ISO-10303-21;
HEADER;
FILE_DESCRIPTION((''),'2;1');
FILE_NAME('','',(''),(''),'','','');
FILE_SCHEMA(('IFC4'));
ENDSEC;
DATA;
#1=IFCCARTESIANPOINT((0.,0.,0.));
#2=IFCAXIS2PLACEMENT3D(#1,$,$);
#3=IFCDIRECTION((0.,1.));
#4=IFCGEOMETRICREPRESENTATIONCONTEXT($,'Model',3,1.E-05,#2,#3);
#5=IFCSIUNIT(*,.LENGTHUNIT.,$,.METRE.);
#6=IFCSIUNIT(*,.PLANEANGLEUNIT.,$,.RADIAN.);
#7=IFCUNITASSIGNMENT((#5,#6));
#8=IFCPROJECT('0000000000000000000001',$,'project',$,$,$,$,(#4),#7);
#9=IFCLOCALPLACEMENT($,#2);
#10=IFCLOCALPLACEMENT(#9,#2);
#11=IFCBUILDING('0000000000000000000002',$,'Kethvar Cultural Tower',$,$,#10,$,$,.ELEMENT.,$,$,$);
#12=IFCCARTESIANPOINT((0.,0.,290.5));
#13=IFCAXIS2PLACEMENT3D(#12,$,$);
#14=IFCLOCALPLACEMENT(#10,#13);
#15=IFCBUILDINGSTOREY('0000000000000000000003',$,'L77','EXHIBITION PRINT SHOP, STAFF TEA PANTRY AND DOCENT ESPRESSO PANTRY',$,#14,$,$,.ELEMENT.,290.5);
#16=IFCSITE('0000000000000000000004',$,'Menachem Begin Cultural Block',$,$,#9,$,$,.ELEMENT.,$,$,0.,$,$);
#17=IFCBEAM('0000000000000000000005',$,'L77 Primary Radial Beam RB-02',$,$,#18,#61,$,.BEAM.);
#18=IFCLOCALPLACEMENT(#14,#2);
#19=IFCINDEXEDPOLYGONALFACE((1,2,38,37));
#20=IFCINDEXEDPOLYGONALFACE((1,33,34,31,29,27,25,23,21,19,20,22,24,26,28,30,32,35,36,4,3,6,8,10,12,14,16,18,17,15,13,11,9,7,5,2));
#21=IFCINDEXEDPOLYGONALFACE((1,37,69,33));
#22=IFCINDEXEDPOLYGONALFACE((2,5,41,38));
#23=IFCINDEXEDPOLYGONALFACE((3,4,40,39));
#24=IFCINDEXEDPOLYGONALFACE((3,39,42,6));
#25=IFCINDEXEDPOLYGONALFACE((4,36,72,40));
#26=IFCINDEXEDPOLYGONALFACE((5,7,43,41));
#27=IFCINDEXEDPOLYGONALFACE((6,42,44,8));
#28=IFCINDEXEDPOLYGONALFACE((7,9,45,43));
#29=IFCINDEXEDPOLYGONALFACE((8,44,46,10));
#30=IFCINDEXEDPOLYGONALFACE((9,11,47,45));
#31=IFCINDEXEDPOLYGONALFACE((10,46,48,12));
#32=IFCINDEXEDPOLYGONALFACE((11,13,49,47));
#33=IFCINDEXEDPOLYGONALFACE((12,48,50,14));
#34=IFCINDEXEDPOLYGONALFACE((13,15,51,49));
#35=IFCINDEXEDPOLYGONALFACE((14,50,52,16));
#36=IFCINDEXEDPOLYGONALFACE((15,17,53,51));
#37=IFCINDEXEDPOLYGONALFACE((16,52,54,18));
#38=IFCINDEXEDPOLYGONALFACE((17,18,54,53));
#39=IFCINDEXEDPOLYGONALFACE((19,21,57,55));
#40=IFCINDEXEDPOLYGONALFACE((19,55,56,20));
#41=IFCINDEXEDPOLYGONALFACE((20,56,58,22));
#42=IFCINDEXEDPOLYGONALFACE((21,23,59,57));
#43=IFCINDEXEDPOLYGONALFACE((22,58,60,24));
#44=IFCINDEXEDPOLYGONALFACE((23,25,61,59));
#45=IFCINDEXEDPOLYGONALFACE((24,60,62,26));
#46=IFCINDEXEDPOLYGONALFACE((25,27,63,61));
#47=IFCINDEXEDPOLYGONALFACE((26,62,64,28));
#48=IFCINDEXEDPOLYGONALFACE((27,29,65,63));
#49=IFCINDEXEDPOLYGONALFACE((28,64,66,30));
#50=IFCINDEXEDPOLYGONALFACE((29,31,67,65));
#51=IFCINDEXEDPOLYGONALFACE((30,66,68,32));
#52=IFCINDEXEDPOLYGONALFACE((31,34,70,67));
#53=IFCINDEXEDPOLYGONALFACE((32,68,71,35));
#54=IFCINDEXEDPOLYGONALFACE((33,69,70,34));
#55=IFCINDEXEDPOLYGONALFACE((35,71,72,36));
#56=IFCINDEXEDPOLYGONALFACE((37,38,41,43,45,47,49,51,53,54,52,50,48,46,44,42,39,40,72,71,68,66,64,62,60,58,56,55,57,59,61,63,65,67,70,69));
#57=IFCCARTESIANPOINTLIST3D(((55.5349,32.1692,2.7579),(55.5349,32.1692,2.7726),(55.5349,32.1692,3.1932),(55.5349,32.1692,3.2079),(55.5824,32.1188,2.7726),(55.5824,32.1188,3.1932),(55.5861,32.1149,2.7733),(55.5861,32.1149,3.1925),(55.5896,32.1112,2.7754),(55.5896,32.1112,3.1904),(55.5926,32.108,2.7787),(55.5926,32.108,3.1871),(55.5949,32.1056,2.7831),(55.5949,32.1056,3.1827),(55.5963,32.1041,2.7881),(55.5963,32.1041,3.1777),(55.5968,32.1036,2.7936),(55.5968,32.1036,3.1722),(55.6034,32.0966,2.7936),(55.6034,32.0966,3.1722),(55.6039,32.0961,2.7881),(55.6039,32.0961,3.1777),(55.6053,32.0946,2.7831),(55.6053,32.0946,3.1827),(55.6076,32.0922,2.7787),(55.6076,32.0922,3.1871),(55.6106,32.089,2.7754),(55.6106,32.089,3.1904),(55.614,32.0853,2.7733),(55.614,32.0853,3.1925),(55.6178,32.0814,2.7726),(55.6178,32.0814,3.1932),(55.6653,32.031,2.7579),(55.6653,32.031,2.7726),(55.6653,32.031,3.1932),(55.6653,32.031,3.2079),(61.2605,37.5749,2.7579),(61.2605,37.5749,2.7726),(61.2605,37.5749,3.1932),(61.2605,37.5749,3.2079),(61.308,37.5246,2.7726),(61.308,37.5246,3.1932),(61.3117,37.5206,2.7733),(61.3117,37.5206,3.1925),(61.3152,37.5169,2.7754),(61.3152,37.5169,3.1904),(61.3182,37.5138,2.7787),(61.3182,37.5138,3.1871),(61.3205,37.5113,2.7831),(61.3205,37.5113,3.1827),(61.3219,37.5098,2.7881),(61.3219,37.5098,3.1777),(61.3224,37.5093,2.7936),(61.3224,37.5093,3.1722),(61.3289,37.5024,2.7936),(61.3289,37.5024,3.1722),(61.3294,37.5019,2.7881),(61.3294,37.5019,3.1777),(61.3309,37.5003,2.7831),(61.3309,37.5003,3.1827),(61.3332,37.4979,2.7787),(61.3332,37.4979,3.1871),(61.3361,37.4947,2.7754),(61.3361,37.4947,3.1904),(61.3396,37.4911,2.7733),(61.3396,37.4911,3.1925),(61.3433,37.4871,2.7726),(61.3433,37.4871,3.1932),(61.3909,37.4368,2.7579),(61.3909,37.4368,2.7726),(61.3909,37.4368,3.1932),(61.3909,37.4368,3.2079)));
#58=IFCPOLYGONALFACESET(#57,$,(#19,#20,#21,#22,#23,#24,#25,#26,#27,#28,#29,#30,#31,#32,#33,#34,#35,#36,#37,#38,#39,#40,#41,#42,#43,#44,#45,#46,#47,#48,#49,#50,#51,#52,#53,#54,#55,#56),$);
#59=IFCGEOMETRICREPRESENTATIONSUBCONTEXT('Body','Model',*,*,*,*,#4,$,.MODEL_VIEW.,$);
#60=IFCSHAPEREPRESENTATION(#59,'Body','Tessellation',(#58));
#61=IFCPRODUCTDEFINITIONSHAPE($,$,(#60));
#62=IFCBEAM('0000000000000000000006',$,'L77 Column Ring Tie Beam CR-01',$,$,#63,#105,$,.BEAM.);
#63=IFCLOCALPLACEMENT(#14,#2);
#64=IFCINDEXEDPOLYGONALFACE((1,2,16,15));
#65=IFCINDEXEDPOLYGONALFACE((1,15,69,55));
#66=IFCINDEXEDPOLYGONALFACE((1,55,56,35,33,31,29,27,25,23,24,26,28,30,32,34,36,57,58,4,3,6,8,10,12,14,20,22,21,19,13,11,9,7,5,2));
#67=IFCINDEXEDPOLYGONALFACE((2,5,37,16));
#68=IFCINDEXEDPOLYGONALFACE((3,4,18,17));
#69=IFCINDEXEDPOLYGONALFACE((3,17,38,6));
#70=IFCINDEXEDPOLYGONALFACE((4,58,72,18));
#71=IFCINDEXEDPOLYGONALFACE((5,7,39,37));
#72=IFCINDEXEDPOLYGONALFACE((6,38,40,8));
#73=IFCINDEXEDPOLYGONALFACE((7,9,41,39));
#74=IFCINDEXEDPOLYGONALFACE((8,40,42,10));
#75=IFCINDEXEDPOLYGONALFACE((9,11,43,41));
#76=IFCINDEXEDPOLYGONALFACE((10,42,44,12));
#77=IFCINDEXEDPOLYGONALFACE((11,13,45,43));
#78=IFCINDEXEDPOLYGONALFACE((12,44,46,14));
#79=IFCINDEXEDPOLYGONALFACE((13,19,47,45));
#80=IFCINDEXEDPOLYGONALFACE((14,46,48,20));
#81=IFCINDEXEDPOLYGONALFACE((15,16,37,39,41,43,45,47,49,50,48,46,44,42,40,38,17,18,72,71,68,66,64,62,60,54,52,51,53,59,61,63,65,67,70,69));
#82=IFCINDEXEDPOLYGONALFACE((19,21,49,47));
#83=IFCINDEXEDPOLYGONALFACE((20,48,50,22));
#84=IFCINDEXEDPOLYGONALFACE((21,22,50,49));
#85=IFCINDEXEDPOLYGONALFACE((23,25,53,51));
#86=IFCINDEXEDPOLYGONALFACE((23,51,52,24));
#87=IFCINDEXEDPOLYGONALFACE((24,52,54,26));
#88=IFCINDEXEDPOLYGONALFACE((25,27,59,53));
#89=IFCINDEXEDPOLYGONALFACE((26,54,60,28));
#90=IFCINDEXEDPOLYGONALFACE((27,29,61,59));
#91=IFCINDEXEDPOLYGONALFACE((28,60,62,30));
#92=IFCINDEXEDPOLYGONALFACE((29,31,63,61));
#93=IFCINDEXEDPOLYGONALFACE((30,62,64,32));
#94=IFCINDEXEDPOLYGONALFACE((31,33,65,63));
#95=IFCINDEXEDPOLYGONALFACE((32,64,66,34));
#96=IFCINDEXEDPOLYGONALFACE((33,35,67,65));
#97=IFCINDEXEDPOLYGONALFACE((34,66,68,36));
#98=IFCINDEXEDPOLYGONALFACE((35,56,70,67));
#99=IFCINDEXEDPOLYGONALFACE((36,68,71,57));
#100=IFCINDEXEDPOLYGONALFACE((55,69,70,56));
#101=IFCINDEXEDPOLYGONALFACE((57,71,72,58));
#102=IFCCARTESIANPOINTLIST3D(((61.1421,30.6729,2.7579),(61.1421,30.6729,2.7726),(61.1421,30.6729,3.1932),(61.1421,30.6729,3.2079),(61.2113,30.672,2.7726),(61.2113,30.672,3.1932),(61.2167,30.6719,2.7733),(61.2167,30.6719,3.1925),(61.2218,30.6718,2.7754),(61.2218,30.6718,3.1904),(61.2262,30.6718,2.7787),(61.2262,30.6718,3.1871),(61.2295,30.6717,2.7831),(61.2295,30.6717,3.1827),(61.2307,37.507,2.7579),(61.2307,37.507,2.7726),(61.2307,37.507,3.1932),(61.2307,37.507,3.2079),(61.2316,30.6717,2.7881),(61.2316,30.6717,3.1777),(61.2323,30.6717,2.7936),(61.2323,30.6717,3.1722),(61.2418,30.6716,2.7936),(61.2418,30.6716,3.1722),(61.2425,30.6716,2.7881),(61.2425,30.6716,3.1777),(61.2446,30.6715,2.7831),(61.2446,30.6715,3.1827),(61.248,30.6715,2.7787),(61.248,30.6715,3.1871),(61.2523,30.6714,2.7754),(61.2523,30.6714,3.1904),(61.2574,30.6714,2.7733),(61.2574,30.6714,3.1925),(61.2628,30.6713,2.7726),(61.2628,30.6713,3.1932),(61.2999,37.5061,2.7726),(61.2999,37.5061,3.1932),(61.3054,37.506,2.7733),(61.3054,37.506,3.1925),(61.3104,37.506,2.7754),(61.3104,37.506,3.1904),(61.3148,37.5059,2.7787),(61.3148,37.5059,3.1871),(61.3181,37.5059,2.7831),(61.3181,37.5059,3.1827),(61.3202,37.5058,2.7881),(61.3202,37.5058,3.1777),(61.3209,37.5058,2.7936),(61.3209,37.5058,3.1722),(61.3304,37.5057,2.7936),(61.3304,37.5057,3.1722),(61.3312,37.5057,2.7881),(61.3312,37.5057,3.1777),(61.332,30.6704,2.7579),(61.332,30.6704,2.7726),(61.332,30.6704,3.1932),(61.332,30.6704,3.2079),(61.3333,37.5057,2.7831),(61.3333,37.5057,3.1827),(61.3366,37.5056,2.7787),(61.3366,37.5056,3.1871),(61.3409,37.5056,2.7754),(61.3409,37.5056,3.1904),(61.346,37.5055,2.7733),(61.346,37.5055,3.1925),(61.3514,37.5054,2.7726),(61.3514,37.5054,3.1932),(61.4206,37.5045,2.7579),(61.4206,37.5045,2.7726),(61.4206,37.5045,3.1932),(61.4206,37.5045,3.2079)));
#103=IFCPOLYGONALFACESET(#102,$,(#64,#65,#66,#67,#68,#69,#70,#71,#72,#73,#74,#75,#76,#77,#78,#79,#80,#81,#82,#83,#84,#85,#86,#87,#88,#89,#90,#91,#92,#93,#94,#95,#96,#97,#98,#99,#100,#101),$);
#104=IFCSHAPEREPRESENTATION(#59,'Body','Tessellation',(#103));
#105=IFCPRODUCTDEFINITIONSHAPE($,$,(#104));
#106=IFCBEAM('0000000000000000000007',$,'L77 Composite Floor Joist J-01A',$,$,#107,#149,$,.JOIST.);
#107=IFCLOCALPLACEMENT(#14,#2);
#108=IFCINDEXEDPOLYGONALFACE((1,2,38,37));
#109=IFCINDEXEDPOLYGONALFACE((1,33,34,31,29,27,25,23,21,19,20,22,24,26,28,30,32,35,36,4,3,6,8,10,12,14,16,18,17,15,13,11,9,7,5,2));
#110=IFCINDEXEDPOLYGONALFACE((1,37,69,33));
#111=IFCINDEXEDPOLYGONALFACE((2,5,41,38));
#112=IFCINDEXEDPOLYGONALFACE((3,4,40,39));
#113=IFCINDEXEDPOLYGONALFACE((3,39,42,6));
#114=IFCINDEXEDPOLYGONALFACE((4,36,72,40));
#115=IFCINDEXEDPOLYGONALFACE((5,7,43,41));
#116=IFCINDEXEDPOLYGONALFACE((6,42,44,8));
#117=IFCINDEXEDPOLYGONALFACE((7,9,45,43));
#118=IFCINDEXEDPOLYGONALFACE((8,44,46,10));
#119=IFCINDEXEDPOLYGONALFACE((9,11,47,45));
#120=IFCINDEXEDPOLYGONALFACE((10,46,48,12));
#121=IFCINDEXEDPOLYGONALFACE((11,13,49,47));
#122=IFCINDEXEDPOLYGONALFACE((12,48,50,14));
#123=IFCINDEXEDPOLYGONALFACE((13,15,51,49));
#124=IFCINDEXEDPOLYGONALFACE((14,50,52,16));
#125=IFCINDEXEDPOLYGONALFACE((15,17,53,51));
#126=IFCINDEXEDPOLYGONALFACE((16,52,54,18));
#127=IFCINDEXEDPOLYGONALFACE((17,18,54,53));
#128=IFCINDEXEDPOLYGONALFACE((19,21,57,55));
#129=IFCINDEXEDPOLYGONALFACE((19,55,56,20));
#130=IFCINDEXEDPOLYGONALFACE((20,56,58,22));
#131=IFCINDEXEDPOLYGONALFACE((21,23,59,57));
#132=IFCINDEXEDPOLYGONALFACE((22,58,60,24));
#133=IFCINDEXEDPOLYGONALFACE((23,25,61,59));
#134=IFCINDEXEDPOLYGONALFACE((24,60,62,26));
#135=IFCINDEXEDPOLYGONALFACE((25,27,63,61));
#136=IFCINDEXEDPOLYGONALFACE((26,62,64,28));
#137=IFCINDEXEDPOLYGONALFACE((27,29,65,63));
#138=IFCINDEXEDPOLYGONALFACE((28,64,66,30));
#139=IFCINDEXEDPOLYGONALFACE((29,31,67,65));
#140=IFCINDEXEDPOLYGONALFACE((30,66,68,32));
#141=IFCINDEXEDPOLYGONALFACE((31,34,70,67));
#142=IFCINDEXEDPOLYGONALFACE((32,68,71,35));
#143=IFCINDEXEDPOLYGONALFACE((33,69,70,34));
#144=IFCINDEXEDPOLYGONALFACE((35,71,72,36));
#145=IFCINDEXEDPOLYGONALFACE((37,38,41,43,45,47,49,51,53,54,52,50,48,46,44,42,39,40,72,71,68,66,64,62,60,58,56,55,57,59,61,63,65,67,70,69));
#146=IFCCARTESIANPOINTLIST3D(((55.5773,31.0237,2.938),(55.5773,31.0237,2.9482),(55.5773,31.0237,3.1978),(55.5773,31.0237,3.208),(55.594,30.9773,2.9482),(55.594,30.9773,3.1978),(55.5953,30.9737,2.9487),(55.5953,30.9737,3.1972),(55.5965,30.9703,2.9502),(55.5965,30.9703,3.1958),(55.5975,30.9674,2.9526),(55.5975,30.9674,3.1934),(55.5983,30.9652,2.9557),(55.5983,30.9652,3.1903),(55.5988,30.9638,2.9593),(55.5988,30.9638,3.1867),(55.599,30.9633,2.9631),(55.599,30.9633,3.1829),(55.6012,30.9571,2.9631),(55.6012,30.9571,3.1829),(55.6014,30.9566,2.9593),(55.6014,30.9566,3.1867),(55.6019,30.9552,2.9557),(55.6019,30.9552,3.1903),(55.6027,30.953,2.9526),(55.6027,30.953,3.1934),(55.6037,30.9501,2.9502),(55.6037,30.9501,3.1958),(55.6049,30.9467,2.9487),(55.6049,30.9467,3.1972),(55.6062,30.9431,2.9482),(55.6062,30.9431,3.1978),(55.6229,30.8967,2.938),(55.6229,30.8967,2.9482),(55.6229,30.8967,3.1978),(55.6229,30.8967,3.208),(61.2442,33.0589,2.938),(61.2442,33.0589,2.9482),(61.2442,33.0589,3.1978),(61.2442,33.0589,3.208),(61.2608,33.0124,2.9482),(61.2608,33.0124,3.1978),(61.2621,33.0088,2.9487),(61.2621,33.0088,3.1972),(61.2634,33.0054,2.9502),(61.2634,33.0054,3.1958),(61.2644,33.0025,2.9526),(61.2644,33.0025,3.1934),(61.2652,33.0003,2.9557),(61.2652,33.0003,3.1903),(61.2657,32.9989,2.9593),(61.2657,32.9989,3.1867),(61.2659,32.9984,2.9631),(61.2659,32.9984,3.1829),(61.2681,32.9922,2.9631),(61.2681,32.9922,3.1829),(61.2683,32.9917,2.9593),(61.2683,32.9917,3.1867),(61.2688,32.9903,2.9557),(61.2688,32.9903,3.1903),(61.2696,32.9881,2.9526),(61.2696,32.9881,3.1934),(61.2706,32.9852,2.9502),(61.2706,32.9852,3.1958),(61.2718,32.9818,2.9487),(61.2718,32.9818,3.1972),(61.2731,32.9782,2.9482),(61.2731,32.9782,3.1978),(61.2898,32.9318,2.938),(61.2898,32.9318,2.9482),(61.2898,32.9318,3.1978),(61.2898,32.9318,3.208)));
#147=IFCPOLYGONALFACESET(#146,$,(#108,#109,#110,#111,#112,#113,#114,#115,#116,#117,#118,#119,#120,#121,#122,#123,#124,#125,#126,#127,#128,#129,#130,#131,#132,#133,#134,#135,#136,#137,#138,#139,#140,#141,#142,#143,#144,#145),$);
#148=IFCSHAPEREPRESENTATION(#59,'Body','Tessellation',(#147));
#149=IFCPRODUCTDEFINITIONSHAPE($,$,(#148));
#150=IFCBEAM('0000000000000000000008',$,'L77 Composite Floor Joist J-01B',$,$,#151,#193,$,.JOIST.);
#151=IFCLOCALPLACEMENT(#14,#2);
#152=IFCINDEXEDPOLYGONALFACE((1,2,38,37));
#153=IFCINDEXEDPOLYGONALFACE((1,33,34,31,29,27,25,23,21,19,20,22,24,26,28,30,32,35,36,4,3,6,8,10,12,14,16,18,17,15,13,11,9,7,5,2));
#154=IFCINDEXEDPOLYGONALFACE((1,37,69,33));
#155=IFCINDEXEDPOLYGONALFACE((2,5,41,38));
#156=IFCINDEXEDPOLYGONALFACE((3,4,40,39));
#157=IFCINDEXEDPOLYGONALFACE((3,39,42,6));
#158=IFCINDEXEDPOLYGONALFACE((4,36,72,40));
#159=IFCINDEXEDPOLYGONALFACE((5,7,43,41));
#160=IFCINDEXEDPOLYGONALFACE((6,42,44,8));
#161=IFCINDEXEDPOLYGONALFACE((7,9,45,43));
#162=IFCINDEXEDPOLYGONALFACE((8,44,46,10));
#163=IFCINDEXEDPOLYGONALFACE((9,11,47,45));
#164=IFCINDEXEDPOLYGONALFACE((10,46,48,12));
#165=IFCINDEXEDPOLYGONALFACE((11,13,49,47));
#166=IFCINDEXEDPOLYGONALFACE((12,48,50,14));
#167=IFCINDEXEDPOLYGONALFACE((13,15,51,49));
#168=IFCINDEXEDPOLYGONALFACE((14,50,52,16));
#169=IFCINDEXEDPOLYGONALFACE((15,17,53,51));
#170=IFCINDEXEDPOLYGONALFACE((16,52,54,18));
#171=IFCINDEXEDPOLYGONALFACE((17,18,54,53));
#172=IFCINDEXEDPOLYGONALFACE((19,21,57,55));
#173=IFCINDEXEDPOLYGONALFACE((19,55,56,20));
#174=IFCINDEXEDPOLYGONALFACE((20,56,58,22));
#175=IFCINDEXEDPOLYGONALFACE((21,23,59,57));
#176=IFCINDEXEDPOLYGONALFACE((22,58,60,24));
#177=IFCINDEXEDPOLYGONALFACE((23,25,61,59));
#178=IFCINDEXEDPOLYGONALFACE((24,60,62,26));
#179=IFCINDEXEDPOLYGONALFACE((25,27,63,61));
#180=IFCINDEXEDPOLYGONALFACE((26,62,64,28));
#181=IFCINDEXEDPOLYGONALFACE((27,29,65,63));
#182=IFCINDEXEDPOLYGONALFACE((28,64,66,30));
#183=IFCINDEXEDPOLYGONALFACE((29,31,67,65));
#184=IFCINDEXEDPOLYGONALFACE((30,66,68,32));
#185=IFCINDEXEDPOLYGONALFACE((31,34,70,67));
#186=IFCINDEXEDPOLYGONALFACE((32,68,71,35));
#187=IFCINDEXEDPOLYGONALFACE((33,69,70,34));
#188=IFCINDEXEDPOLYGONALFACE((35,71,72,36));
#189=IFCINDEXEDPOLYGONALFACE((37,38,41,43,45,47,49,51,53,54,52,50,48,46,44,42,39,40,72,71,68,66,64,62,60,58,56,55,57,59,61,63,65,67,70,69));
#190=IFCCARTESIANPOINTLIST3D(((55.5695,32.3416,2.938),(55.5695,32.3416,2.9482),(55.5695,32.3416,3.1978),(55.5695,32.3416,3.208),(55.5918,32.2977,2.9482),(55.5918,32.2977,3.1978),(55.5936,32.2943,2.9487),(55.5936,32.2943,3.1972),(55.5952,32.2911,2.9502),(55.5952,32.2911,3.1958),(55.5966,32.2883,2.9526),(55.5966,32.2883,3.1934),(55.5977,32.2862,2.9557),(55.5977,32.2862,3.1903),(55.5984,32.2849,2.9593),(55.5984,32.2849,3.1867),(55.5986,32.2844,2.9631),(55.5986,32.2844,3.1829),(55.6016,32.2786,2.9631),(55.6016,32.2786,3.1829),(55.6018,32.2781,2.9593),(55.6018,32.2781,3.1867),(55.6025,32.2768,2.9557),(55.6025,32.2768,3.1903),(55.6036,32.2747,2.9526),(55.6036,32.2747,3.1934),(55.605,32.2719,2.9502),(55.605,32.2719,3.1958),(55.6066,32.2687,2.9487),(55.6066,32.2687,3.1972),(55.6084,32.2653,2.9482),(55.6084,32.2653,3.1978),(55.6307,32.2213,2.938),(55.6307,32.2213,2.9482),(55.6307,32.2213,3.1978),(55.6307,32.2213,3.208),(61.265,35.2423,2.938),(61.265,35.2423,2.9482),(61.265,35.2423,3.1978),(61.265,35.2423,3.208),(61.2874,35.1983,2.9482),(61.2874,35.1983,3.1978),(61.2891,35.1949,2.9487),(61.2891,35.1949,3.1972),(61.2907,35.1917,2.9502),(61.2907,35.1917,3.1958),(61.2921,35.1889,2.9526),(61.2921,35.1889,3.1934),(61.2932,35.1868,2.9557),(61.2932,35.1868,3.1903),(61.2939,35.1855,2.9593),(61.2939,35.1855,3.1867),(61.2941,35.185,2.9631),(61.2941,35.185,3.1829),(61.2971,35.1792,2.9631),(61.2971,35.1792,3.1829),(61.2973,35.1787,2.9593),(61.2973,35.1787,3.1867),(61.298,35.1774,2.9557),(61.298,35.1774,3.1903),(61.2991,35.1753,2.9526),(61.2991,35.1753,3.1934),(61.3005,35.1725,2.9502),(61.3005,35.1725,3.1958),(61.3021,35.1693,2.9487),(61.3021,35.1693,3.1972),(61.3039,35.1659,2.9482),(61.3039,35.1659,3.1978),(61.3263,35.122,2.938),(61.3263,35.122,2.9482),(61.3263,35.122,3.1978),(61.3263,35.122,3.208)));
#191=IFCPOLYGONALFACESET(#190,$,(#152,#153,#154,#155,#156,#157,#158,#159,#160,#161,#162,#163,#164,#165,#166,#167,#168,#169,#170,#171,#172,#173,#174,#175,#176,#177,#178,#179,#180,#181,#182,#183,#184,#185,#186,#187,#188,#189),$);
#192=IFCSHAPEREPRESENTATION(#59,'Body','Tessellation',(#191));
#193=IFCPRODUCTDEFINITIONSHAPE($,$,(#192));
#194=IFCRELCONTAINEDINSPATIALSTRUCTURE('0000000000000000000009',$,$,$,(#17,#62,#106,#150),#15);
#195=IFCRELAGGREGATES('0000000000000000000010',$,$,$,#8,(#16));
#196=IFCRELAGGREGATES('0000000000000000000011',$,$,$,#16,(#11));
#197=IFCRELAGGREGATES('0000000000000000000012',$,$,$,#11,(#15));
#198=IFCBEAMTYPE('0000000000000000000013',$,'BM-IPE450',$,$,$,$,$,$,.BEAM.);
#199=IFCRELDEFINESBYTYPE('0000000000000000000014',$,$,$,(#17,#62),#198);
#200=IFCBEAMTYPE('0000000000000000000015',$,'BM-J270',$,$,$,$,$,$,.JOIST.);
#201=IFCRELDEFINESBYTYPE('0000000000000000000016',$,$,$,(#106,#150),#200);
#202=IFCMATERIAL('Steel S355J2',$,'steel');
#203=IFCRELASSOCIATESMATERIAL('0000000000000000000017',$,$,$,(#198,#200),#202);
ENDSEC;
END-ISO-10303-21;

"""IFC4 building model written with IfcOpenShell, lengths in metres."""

from ifc_helpers import new_model, si_unit, direction, frame, origin, origin_2d, place, context, subcontext, project, spatial, i_section, extrude, source, transform, mapped, material, material_profile, profile_set, type_object, element, save


model = new_model("IFC4")

# Units and contexts
model_context = context("Model", 3, precision=1e-05, world=origin(), true_north=direction((0.0, 1.0)))
body_context = subcontext(model_context, "Body", "Model", "MODEL_VIEW")
ifc_project = project(units=[si_unit("LENGTHUNIT", "METRE"), si_unit("PLANEANGLEUNIT", "RADIAN")], contexts=[model_context])

# Site, building, storey
site_placement = place(None, origin())
site = spatial("IfcSite", under=ifc_project, at=site_placement, Name="Menachem Begin Cultural Block", CompositionType="ELEMENT", RefElevation=0.0)
building_placement = place(site_placement, origin())
building = spatial("IfcBuilding", under=site, at=building_placement, Name="Kethvar Cultural Tower", CompositionType="ELEMENT")
storey_placement = place(building_placement, frame((0.0, 0.0, 290.5)))
storey = spatial("IfcBuildingStorey", under=building, at=storey_placement, Name="L77", Description="EXHIBITION PRINT SHOP, STAFF TEA PANTRY AND DOCENT ESPRESSO PANTRY", CompositionType="ELEMENT", Elevation=290.5)

# Shared definitions
ifc_material_1 = material(Name="Steel S355J2", Category="steel")

# Beams
ifc_material_profile_1 = material_profile(ifc_material_1, i_section(OverallWidth=0.1899, OverallDepth=0.45, WebThickness=0.0095, FlangeThickness=0.0146, FilletRadius=0.021, at=origin_2d()), Name="Steel S355J2 — IPE450")
ifc_profile_set_1 = profile_set([ifc_material_profile_1], Name="Steel S355J2 — IPE450")
beam_type_1 = type_object("IfcBeamType", Name="BM-IPE450", PredefinedType="BEAM", material=ifc_profile_set_1)
shared_shape_1 = source(origin(), body_context, "Body", "SweptSolid", [
    extrude(i_section(OverallWidth=0.1899, OverallDepth=0.45, WebThickness=0.0095, FlangeThickness=0.0146, FilletRadius=0.021, at=origin_2d()), origin(), (0.0, 0.0, 1.0), 7.8743),
])
beam_1_placement = place(storey_placement, frame((55.6001, 32.1001, 2.9829), z_axis=(0.727123, 0.686507, 0.0), x_axis=(-0.686507, 0.727123, 0.0)))
element("IfcBeam", 1, at=beam_1_placement, inside=storey, type_object=beam_type_1, Name="L77 Primary Radial Beam RB-02", PredefinedType="BEAM", context=body_context, shape_type="MappedRepresentation", body=[
    mapped(shared_shape_1, transform((0.0, 0.0, 0.0), scale=1.0)),
])
shared_shape_2 = source(origin(), body_context, "Body", "SweptSolid", [
    extrude(i_section(OverallWidth=0.1899, OverallDepth=0.45, WebThickness=0.0095, FlangeThickness=0.0146, FilletRadius=0.021, at=origin_2d()), origin(), (0.0, 0.0, 1.0), 6.8347),
])
beam_2_placement = place(storey_placement, frame((61.2371, 30.6716, 2.9829), z_axis=(0.012966, 0.999916, 0.0), x_axis=(-0.999916, 0.012966, 0.0)))
element("IfcBeam", 2, at=beam_2_placement, inside=storey, type_object=beam_type_1, Name="L77 Column Ring Tie Beam CR-01", PredefinedType="BEAM", context=body_context, shape_type="MappedRepresentation", body=[
    mapped(shared_shape_2, transform((0.0, 0.0, 0.0), scale=1.0)),
])
ifc_material_profile_2 = material_profile(ifc_material_1, i_section(OverallWidth=0.135, OverallDepth=0.27, WebThickness=0.0066, FlangeThickness=0.0103, FilletRadius=0.0149, at=origin_2d()), Name="Steel S355J2 — IPE270")
ifc_profile_set_2 = profile_set([ifc_material_profile_2], Name="Steel S355J2 — IPE270")
beam_type_2 = type_object("IfcBeamType", Name="BM-J270", PredefinedType="JOIST", material=ifc_profile_set_2)
shared_shape_3 = source(origin(), body_context, "Body", "SweptSolid", [
    extrude(i_section(OverallWidth=0.135, OverallDepth=0.27, WebThickness=0.0066, FlangeThickness=0.0103, FilletRadius=0.0149, at=origin_2d()), origin(), (0.0, 0.0, 1.0), 6.0212),
])
beam_3_placement = place(storey_placement, frame((55.6001, 30.9602, 3.073), z_axis=(0.94115, 0.33799, 0.0), x_axis=(-0.33799, 0.94115, 0.0)))
element("IfcBeam", 3, at=beam_3_placement, inside=storey, type_object=beam_type_2, Name="L77 Composite Floor Joist J-01A", PredefinedType="JOIST", context=body_context, shape_type="MappedRepresentation", body=[
    mapped(shared_shape_3, transform((0.0, 0.0, 0.0), scale=1.0)),
])
shared_shape_4 = source(origin(), body_context, "Body", "SweptSolid", [
    extrude(i_section(OverallWidth=0.135, OverallDepth=0.27, WebThickness=0.0066, FlangeThickness=0.0103, FilletRadius=0.0149, at=origin_2d()), origin(), (0.0, 0.0, 1.0), 6.3916),
])
beam_4_placement = place(storey_placement, frame((55.6001, 32.2815, 3.073), z_axis=(0.891095, 0.453817, 0.0), x_axis=(-0.453817, 0.891095, 0.0)))
element("IfcBeam", 4, at=beam_4_placement, inside=storey, type_object=beam_type_2, Name="L77 Composite Floor Joist J-01B", PredefinedType="JOIST", context=body_context, shape_type="MappedRepresentation", body=[
    mapped(shared_shape_4, transform((0.0, 0.0, 0.0), scale=1.0)),
])

save(model, "model.ifc")
